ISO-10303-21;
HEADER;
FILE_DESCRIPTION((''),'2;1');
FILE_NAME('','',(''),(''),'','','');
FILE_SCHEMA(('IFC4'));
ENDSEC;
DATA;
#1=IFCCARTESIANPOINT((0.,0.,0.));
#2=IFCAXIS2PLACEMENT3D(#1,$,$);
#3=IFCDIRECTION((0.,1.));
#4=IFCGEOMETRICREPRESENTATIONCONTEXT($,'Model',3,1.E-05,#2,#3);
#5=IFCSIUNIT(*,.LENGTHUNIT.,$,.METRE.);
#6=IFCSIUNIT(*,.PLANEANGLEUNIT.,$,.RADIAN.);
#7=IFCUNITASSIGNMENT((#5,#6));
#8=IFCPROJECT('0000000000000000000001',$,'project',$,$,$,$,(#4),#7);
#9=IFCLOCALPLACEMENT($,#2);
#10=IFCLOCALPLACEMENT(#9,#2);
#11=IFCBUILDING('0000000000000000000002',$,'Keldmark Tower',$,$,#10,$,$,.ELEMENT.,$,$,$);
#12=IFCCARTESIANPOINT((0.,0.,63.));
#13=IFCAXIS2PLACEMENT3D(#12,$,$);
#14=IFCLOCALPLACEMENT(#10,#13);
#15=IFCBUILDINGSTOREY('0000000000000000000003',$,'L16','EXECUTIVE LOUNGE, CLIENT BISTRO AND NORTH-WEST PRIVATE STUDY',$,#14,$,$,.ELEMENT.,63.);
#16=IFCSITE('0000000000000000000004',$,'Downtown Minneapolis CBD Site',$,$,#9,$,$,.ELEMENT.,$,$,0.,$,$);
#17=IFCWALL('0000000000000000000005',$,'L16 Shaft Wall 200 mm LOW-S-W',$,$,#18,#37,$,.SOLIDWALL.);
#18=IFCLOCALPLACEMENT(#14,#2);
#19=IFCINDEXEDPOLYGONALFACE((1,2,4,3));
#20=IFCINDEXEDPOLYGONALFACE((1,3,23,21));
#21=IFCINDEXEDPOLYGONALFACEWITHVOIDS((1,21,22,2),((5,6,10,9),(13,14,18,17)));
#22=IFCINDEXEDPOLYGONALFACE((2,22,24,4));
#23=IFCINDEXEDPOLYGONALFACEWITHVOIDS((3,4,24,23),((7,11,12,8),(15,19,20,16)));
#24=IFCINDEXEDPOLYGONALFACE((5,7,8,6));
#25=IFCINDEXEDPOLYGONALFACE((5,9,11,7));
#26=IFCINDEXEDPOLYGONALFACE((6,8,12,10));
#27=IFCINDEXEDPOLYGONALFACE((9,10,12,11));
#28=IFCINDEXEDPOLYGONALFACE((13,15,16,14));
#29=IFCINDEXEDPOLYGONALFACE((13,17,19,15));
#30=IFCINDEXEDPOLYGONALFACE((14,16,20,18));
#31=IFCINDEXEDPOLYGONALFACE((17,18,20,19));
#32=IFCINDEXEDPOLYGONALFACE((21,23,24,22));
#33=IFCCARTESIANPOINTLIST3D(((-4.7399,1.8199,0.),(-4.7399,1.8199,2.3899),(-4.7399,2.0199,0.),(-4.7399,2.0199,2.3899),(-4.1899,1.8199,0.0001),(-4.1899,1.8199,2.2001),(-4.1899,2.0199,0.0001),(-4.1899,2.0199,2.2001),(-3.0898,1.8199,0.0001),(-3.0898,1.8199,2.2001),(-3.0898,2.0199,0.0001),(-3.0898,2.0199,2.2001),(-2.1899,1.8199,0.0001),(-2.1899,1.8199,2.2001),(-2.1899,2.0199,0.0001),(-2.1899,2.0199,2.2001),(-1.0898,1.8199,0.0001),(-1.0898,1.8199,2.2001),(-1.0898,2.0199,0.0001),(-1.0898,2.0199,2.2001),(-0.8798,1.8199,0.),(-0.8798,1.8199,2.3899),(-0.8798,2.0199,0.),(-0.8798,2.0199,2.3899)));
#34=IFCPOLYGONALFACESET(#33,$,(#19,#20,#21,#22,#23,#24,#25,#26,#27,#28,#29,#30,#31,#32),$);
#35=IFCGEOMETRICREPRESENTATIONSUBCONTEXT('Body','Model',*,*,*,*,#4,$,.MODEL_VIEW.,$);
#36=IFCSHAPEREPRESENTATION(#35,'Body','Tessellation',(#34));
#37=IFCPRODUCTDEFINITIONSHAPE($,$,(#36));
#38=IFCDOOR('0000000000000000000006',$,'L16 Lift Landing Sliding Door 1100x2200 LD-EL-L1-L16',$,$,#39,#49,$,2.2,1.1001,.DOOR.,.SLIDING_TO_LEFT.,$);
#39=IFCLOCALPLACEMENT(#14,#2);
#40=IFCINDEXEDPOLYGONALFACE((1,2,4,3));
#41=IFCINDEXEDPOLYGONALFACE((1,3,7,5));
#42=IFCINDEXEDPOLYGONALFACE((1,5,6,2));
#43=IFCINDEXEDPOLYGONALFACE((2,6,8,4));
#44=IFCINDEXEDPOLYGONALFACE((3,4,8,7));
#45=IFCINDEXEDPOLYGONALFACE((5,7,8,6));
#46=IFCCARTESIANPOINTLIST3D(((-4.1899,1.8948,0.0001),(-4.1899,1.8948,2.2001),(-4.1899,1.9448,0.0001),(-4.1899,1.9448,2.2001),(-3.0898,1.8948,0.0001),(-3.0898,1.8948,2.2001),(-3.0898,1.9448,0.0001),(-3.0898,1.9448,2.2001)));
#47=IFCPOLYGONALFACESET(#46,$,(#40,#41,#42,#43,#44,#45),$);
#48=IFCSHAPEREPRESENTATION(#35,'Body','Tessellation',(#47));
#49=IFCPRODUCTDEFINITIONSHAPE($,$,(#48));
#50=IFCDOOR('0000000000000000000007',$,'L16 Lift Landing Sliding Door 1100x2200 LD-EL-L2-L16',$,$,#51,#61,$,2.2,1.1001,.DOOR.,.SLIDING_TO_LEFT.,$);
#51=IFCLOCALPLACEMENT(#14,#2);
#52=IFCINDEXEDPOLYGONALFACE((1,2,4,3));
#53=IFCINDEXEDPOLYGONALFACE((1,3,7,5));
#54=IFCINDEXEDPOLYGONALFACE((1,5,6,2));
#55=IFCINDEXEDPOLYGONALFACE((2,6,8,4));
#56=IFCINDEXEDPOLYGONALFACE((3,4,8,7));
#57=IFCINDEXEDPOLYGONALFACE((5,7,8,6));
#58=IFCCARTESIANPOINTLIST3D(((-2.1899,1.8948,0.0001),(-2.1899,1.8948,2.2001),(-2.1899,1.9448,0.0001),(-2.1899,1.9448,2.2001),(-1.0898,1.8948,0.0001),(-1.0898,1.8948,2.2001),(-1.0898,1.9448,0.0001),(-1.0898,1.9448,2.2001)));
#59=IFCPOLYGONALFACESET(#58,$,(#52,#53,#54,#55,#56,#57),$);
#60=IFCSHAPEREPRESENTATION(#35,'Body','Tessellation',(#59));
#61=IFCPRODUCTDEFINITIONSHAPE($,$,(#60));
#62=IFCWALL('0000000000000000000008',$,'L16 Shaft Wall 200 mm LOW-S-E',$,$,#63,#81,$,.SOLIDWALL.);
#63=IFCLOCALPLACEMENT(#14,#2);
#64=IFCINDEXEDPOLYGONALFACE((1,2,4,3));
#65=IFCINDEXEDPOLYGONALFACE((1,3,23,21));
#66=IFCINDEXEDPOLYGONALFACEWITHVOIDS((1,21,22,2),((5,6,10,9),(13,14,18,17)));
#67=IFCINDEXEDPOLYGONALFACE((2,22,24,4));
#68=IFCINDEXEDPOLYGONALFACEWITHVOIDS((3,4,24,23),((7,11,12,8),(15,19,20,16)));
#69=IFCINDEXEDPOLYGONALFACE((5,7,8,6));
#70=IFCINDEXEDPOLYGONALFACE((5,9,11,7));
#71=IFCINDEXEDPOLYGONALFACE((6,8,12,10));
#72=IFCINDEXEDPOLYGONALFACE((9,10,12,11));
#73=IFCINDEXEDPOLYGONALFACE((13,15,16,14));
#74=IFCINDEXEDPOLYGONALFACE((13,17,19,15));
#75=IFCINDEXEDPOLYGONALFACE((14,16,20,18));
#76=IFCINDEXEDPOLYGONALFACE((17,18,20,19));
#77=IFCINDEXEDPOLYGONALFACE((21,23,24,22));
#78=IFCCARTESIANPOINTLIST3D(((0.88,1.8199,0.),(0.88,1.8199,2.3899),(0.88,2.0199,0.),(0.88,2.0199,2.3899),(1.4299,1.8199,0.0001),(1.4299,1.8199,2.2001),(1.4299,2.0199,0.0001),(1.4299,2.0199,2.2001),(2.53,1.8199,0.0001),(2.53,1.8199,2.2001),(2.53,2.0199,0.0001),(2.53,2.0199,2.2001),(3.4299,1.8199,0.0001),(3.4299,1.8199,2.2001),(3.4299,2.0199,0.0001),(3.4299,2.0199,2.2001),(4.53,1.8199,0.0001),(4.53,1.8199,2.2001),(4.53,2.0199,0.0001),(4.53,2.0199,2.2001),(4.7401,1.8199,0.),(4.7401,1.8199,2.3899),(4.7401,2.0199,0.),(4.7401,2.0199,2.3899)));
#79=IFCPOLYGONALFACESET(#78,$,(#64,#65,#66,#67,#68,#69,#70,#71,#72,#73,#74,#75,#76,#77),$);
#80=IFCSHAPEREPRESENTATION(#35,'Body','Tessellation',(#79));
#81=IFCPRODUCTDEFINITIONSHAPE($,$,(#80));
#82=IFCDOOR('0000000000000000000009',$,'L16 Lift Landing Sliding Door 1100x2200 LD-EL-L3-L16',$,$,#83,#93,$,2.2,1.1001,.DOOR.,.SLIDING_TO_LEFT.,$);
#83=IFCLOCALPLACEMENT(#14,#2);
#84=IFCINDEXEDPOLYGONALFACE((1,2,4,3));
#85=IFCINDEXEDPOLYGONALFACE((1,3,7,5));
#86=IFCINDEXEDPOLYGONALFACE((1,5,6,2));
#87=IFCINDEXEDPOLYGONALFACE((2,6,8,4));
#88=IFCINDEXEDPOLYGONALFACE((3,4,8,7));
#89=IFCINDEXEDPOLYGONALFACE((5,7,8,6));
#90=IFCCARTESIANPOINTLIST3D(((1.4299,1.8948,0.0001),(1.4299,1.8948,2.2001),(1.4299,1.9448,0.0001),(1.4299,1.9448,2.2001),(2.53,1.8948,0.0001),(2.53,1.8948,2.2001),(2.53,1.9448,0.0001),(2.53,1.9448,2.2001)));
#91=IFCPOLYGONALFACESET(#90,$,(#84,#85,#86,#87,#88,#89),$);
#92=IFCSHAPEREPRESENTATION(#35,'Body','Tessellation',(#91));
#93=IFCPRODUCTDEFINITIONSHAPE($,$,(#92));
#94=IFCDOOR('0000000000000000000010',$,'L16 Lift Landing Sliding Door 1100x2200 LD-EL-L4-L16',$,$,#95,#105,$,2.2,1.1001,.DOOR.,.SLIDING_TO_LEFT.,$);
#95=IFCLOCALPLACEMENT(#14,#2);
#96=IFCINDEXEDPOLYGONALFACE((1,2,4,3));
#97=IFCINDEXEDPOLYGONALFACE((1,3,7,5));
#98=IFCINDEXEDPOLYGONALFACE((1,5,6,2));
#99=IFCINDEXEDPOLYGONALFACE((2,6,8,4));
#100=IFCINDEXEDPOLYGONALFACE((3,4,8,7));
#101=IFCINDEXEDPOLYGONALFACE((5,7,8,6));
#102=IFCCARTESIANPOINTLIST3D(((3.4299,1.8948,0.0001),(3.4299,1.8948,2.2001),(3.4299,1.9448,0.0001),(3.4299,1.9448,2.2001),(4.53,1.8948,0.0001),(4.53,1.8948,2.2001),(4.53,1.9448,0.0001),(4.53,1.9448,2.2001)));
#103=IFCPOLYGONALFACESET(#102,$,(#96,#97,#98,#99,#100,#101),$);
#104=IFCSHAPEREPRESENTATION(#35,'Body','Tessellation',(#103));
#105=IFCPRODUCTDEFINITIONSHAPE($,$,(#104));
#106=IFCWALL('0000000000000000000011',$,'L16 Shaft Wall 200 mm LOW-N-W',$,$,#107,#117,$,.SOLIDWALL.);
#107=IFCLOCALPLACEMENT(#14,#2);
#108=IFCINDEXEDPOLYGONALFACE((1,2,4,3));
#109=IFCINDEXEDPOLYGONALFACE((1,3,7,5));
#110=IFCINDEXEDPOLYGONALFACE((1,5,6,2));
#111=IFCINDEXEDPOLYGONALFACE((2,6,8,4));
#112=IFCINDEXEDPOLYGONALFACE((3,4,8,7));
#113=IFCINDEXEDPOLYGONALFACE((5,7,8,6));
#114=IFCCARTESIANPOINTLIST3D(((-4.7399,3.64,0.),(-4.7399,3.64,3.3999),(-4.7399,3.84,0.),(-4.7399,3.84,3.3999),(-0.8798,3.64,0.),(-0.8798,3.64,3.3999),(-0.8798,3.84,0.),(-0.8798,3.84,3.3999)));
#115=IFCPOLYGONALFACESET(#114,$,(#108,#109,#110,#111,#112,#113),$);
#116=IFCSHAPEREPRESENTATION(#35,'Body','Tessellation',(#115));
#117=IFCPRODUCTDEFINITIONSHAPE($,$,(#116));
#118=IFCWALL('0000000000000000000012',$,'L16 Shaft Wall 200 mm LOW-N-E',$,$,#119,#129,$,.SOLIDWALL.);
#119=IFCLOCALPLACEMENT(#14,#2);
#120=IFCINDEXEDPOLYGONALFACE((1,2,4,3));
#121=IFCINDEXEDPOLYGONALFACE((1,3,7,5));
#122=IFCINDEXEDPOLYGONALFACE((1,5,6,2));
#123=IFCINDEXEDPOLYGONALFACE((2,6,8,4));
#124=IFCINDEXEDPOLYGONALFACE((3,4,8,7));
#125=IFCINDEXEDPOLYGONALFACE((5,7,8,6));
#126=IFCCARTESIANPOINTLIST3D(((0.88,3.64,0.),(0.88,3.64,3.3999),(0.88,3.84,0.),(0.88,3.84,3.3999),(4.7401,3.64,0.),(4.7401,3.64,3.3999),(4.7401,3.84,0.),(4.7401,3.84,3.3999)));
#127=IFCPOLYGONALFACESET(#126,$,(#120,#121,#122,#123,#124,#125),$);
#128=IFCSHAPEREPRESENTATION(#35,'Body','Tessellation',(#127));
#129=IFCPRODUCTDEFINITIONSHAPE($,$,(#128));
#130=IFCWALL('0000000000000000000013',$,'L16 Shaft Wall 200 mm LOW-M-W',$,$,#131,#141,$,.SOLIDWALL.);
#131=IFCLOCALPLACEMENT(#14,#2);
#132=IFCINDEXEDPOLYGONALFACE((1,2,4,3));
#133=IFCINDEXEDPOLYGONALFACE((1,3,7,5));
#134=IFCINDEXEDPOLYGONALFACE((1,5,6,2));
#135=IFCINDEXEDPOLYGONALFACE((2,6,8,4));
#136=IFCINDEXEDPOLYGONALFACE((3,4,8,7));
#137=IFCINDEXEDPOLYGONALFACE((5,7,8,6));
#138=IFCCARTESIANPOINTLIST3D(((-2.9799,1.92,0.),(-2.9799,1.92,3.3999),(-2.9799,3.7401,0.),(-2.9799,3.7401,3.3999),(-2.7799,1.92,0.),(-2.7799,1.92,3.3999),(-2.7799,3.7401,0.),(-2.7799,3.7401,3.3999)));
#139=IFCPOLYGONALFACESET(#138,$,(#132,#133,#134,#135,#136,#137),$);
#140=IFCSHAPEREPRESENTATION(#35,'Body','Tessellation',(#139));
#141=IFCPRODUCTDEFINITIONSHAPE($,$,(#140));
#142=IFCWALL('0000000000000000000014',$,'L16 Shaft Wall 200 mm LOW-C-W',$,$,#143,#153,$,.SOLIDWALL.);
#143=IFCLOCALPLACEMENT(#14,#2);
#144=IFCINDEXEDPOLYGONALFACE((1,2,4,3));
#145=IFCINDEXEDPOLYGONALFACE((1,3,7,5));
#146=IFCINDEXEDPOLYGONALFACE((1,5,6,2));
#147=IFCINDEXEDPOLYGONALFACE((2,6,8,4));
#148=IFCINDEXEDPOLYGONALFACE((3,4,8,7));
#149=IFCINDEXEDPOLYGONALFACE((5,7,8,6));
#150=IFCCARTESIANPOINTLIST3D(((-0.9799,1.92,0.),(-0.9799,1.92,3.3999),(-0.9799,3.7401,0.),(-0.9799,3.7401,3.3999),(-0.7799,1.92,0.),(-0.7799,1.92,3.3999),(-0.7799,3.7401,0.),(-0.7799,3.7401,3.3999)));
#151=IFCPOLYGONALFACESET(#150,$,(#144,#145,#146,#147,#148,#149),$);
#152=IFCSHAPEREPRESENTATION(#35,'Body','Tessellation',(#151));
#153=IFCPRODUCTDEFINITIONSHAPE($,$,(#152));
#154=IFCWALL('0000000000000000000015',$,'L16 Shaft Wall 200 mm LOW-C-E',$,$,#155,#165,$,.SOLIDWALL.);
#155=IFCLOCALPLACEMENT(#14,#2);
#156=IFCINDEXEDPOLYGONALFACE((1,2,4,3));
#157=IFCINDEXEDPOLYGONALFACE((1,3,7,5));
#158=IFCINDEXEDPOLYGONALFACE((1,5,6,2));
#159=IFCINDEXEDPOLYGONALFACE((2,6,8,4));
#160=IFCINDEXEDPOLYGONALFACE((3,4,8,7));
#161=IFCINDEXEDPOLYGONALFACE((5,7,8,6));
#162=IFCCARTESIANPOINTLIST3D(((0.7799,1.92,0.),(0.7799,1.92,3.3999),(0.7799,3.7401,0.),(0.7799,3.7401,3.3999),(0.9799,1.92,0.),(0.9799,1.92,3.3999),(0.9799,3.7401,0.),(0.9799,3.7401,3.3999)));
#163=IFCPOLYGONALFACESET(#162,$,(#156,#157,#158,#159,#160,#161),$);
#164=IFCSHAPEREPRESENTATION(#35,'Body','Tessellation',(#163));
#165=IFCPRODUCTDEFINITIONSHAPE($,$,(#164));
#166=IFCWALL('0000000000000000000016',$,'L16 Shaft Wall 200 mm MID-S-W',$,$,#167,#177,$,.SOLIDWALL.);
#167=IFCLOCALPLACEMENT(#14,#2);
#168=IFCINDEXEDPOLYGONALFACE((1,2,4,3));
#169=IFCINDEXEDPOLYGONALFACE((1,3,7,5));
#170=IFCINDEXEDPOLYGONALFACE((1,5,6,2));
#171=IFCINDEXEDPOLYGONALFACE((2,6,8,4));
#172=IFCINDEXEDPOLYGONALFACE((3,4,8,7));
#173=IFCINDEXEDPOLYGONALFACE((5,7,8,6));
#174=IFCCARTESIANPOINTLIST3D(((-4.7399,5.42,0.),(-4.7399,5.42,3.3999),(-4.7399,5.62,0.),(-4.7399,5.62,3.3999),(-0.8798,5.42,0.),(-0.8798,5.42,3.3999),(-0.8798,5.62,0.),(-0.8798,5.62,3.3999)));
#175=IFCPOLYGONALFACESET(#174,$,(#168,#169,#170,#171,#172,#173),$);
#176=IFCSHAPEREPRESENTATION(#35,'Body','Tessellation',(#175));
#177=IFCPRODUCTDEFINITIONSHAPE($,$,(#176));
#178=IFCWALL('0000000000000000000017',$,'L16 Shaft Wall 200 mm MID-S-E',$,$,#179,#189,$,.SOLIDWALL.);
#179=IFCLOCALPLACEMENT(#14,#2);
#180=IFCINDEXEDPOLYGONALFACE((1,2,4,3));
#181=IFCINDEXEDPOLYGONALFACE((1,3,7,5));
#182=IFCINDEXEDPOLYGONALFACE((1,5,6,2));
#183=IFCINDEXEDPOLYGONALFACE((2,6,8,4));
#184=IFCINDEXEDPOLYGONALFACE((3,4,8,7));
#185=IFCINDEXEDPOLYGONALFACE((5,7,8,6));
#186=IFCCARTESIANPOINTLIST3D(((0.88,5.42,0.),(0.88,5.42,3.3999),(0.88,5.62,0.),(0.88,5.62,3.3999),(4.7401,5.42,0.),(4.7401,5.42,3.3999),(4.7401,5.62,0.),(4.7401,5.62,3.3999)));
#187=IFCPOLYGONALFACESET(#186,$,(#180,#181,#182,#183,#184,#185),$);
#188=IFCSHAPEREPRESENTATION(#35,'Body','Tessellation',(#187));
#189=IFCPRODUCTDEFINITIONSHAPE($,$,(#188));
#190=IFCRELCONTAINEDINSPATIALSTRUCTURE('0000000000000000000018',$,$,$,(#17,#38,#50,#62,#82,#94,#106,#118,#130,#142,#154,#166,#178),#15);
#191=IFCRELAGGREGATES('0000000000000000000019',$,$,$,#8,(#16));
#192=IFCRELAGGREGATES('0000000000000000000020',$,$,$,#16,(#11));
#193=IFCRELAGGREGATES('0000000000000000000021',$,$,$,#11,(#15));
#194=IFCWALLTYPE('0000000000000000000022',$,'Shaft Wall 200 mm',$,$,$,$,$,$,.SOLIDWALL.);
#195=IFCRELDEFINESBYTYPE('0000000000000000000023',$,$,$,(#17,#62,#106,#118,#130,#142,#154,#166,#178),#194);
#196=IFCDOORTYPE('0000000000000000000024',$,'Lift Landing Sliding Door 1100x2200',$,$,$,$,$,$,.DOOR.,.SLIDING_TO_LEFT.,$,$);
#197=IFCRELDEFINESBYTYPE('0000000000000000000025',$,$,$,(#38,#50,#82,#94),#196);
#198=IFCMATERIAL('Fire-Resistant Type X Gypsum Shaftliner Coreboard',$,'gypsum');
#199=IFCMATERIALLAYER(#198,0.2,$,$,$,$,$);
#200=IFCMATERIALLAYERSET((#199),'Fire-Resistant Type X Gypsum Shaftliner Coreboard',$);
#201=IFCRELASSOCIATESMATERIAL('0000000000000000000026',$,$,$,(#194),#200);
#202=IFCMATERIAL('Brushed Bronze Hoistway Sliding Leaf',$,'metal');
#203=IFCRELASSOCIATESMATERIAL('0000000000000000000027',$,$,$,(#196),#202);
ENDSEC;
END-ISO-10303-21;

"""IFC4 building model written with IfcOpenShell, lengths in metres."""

from ifc_helpers import new_model, si_unit, direction, frame, frame_2d, origin, place, context, subcontext, project, spatial, rectangle, extrude, material, layer, layer_set, type_object, element, fill, save


model = new_model("IFC4")

# Units and contexts
model_context = context("Model", 3, precision=1e-05, world=origin(), true_north=direction((0.0, 1.0)))
body_context = subcontext(model_context, "Body", "Model", "MODEL_VIEW")
ifc_project = project(units=[si_unit("LENGTHUNIT", "METRE"), si_unit("PLANEANGLEUNIT", "RADIAN")], contexts=[model_context])

# Site, building, storey
site_placement = place(None, origin())
site = spatial("IfcSite", under=ifc_project, at=site_placement, Name="Downtown Minneapolis CBD Site", CompositionType="ELEMENT", RefElevation=0.0)
building_placement = place(site_placement, origin())
building = spatial("IfcBuilding", under=site, at=building_placement, Name="Keldmark Tower", CompositionType="ELEMENT")
storey_placement = place(building_placement, frame((0.0, 0.0, 63.0)))
storey = spatial("IfcBuildingStorey", under=building, at=storey_placement, Name="L16", Description="EXECUTIVE LOUNGE, CLIENT BISTRO AND NORTH-WEST PRIVATE STUDY", CompositionType="ELEMENT", Elevation=63.0)

# Walls, openings, doors
ifc_material_1 = material(Name="Fire-Resistant Type X Gypsum Shaftliner Coreboard", Category="gypsum")
ifc_layer_1 = layer(ifc_material_1, 0.2)
ifc_layer_set_1 = layer_set([ifc_layer_1], Name="Fire-Resistant Type X Gypsum Shaftliner Coreboard")
wall_type_1 = type_object("IfcWallType", Name="Shaft Wall 200 mm", PredefinedType="SOLIDWALL", material=ifc_layer_set_1)
wall_1_placement = place(storey_placement, frame((-4.74, 1.9199, 0.0), z_axis=(0.0, 0.0, 1.0), x_axis=(1.0, 0.0, 0.0)))
wall_1 = element("IfcWall", 1, at=wall_1_placement, inside=storey, type_object=wall_type_1, Name="L16 Shaft Wall 200 mm LOW-S-W", PredefinedType="SOLIDWALL", context=body_context, shape_type="SweptSolid", body=[
    extrude(rectangle(XDim=3.8601, YDim=0.2, at=frame_2d((1.9302, 0.0))), origin(), (0.0, 0.0, 1.0), 2.3899),
])
opening_1_placement = place(wall_1_placement, frame((0.55, 0.0, 0.0)))
opening_1 = element("IfcOpeningElement", 2, at=opening_1_placement, cuts=wall_1, PredefinedType="OPENING", context=body_context, shape_type="SweptSolid", body=[
    extrude(rectangle(XDim=1.1001, YDim=2.2, at=frame_2d((0.55, 1.1001))), frame((0.0, 0.1099, 0.0), z_axis=(0.0, -1.0, 0.0), x_axis=(1.0, 0.0, 0.0)), (0.0, 0.0, 1.0), 0.22),
])
opening_2_placement = place(wall_1_placement, frame((2.55, 0.0, 0.0)))
opening_2 = element("IfcOpeningElement", 3, at=opening_2_placement, cuts=wall_1, PredefinedType="OPENING", context=body_context, shape_type="SweptSolid", body=[
    extrude(rectangle(XDim=1.1001, YDim=2.2, at=frame_2d((0.55, 1.1001))), frame((0.0, 0.1099, 0.0), z_axis=(0.0, -1.0, 0.0), x_axis=(1.0, 0.0, 0.0)), (0.0, 0.0, 1.0), 0.22),
])
ifc_material_2 = material(Name="Brushed Bronze Hoistway Sliding Leaf", Category="metal")
door_type_1 = type_object("IfcDoorType", Name="Lift Landing Sliding Door 1100x2200", OperationType="SLIDING_TO_LEFT", PredefinedType="DOOR", material=ifc_material_2)
door_1_placement = place(opening_1_placement, origin())
door_1 = element("IfcDoor", 4, at=door_1_placement, inside=storey, type_object=door_type_1, Name="L16 Lift Landing Sliding Door 1100x2200 LD-EL-L1-L16", OperationType="SLIDING_TO_LEFT", OverallHeight=2.2, OverallWidth=1.1001, PredefinedType="DOOR", context=body_context, shape_type="SweptSolid", body=[
    extrude(rectangle(XDim=1.1001, YDim=2.2, at=frame_2d((0.55, 1.1001))), frame((0.0, 0.0249, 0.0), z_axis=(0.0, -1.0, 0.0), x_axis=(1.0, 0.0, 0.0)), (0.0, 0.0, 1.0), 0.05),
])
fill(opening_1, door_1)
door_2_placement = place(opening_2_placement, origin())
door_2 = element("IfcDoor", 5, at=door_2_placement, inside=storey, type_object=door_type_1, Name="L16 Lift Landing Sliding Door 1100x2200 LD-EL-L2-L16", OperationType="SLIDING_TO_LEFT", OverallHeight=2.2, OverallWidth=1.1001, PredefinedType="DOOR", context=body_context, shape_type="SweptSolid", body=[
    extrude(rectangle(XDim=1.1001, YDim=2.2, at=frame_2d((0.55, 1.1001))), frame((0.0, 0.0249, 0.0), z_axis=(0.0, -1.0, 0.0), x_axis=(1.0, 0.0, 0.0)), (0.0, 0.0, 1.0), 0.05),
])
fill(opening_2, door_2)
wall_2_placement = place(storey_placement, frame((0.8799, 1.9199, 0.0), z_axis=(0.0, 0.0, 1.0), x_axis=(1.0, 0.0, 0.0)))
wall_2 = element("IfcWall", 6, at=wall_2_placement, inside=storey, type_object=wall_type_1, Name="L16 Shaft Wall 200 mm LOW-S-E", PredefinedType="SOLIDWALL", context=body_context, shape_type="SweptSolid", body=[
    extrude(rectangle(XDim=3.8601, YDim=0.2, at=frame_2d((1.9302, 0.0))), origin(), (0.0, 0.0, 1.0), 2.3899),
])
opening_3_placement = place(wall_2_placement, frame((0.55, 0.0, 0.0)))
opening_3 = element("IfcOpeningElement", 7, at=opening_3_placement, cuts=wall_2, PredefinedType="OPENING", context=body_context, shape_type="SweptSolid", body=[
    extrude(rectangle(XDim=1.1001, YDim=2.2, at=frame_2d((0.55, 1.1001))), frame((0.0, 0.1099, 0.0), z_axis=(0.0, -1.0, 0.0), x_axis=(1.0, 0.0, 0.0)), (0.0, 0.0, 1.0), 0.22),
])
opening_4_placement = place(wall_2_placement, frame((2.55, 0.0, 0.0)))
opening_4 = element("IfcOpeningElement", 8, at=opening_4_placement, cuts=wall_2, PredefinedType="OPENING", context=body_context, shape_type="SweptSolid", body=[
    extrude(rectangle(XDim=1.1001, YDim=2.2, at=frame_2d((0.55, 1.1001))), frame((0.0, 0.1099, 0.0), z_axis=(0.0, -1.0, 0.0), x_axis=(1.0, 0.0, 0.0)), (0.0, 0.0, 1.0), 0.22),
])
door_3_placement = place(opening_3_placement, origin())
door_3 = element("IfcDoor", 9, at=door_3_placement, inside=storey, type_object=door_type_1, Name="L16 Lift Landing Sliding Door 1100x2200 LD-EL-L3-L16", OperationType="SLIDING_TO_LEFT", OverallHeight=2.2, OverallWidth=1.1001, PredefinedType="DOOR", context=body_context, shape_type="SweptSolid", body=[
    extrude(rectangle(XDim=1.1001, YDim=2.2, at=frame_2d((0.55, 1.1001))), frame((0.0, 0.0249, 0.0), z_axis=(0.0, -1.0, 0.0), x_axis=(1.0, 0.0, 0.0)), (0.0, 0.0, 1.0), 0.05),
])
fill(opening_3, door_3)
door_4_placement = place(opening_4_placement, origin())
door_4 = element("IfcDoor", 10, at=door_4_placement, inside=storey, type_object=door_type_1, Name="L16 Lift Landing Sliding Door 1100x2200 LD-EL-L4-L16", OperationType="SLIDING_TO_LEFT", OverallHeight=2.2, OverallWidth=1.1001, PredefinedType="DOOR", context=body_context, shape_type="SweptSolid", body=[
    extrude(rectangle(XDim=1.1001, YDim=2.2, at=frame_2d((0.55, 1.1001))), frame((0.0, 0.0249, 0.0), z_axis=(0.0, -1.0, 0.0), x_axis=(1.0, 0.0, 0.0)), (0.0, 0.0, 1.0), 0.05),
])
fill(opening_4, door_4)

# Walls
for number, where, z_axis, x_axis, name in (
    (11, (-4.74, 3.74, 0.0), (0.0, 0.0, 1.0), (1.0, 0.0, 0.0), "L16 Shaft Wall 200 mm LOW-N-W"),
    (12, (0.8799, 3.74, 0.0), (0.0, 0.0, 1.0), (1.0, 0.0, 0.0), "L16 Shaft Wall 200 mm LOW-N-E"),
):
    element("IfcWall", number, at=place(storey_placement, frame(where, z_axis=z_axis, x_axis=x_axis)), inside=storey, type_object=wall_type_1, Name=name, PredefinedType="SOLIDWALL", context=body_context, shape_type="SweptSolid", body=[
        extrude(rectangle(XDim=3.8601, YDim=0.2, at=frame_2d((1.9302, 0.0))), origin(), (0.0, 0.0, 1.0), 3.3999),
    ])
for number, where, z_axis, x_axis, name in (
    (13, (-2.8799, 1.9199, 0.0), (0.0, 0.0, 1.0), (0.0, 1.0, 0.0), "L16 Shaft Wall 200 mm LOW-M-W"),
    (14, (-0.8799, 1.9199, 0.0), (0.0, 0.0, 1.0), (0.0, 1.0, 0.0), "L16 Shaft Wall 200 mm LOW-C-W"),
    (15, (0.8799, 1.9199, 0.0), (0.0, 0.0, 1.0), (0.0, 1.0, 0.0), "L16 Shaft Wall 200 mm LOW-C-E"),
):
    element("IfcWall", number, at=place(storey_placement, frame(where, z_axis=z_axis, x_axis=x_axis)), inside=storey, type_object=wall_type_1, Name=name, PredefinedType="SOLIDWALL", context=body_context, shape_type="SweptSolid", body=[
        extrude(rectangle(XDim=1.8201, YDim=0.2, at=frame_2d((0.9102, 0.0))), origin(), (0.0, 0.0, 1.0), 3.3999),
    ])
for number, where, z_axis, x_axis, name in (
    (16, (-4.74, 5.52, 0.0), (0.0, 0.0, 1.0), (1.0, 0.0, 0.0), "L16 Shaft Wall 200 mm MID-S-W"),
    (17, (0.8799, 5.52, 0.0), (0.0, 0.0, 1.0), (1.0, 0.0, 0.0), "L16 Shaft Wall 200 mm MID-S-E"),
):
    element("IfcWall", number, at=place(storey_placement, frame(where, z_axis=z_axis, x_axis=x_axis)), inside=storey, type_object=wall_type_1, Name=name, PredefinedType="SOLIDWALL", context=body_context, shape_type="SweptSolid", body=[
        extrude(rectangle(XDim=3.8601, YDim=0.2, at=frame_2d((1.9302, 0.0))), origin(), (0.0, 0.0, 1.0), 3.3999),
    ])

save(model, "model.ifc")
